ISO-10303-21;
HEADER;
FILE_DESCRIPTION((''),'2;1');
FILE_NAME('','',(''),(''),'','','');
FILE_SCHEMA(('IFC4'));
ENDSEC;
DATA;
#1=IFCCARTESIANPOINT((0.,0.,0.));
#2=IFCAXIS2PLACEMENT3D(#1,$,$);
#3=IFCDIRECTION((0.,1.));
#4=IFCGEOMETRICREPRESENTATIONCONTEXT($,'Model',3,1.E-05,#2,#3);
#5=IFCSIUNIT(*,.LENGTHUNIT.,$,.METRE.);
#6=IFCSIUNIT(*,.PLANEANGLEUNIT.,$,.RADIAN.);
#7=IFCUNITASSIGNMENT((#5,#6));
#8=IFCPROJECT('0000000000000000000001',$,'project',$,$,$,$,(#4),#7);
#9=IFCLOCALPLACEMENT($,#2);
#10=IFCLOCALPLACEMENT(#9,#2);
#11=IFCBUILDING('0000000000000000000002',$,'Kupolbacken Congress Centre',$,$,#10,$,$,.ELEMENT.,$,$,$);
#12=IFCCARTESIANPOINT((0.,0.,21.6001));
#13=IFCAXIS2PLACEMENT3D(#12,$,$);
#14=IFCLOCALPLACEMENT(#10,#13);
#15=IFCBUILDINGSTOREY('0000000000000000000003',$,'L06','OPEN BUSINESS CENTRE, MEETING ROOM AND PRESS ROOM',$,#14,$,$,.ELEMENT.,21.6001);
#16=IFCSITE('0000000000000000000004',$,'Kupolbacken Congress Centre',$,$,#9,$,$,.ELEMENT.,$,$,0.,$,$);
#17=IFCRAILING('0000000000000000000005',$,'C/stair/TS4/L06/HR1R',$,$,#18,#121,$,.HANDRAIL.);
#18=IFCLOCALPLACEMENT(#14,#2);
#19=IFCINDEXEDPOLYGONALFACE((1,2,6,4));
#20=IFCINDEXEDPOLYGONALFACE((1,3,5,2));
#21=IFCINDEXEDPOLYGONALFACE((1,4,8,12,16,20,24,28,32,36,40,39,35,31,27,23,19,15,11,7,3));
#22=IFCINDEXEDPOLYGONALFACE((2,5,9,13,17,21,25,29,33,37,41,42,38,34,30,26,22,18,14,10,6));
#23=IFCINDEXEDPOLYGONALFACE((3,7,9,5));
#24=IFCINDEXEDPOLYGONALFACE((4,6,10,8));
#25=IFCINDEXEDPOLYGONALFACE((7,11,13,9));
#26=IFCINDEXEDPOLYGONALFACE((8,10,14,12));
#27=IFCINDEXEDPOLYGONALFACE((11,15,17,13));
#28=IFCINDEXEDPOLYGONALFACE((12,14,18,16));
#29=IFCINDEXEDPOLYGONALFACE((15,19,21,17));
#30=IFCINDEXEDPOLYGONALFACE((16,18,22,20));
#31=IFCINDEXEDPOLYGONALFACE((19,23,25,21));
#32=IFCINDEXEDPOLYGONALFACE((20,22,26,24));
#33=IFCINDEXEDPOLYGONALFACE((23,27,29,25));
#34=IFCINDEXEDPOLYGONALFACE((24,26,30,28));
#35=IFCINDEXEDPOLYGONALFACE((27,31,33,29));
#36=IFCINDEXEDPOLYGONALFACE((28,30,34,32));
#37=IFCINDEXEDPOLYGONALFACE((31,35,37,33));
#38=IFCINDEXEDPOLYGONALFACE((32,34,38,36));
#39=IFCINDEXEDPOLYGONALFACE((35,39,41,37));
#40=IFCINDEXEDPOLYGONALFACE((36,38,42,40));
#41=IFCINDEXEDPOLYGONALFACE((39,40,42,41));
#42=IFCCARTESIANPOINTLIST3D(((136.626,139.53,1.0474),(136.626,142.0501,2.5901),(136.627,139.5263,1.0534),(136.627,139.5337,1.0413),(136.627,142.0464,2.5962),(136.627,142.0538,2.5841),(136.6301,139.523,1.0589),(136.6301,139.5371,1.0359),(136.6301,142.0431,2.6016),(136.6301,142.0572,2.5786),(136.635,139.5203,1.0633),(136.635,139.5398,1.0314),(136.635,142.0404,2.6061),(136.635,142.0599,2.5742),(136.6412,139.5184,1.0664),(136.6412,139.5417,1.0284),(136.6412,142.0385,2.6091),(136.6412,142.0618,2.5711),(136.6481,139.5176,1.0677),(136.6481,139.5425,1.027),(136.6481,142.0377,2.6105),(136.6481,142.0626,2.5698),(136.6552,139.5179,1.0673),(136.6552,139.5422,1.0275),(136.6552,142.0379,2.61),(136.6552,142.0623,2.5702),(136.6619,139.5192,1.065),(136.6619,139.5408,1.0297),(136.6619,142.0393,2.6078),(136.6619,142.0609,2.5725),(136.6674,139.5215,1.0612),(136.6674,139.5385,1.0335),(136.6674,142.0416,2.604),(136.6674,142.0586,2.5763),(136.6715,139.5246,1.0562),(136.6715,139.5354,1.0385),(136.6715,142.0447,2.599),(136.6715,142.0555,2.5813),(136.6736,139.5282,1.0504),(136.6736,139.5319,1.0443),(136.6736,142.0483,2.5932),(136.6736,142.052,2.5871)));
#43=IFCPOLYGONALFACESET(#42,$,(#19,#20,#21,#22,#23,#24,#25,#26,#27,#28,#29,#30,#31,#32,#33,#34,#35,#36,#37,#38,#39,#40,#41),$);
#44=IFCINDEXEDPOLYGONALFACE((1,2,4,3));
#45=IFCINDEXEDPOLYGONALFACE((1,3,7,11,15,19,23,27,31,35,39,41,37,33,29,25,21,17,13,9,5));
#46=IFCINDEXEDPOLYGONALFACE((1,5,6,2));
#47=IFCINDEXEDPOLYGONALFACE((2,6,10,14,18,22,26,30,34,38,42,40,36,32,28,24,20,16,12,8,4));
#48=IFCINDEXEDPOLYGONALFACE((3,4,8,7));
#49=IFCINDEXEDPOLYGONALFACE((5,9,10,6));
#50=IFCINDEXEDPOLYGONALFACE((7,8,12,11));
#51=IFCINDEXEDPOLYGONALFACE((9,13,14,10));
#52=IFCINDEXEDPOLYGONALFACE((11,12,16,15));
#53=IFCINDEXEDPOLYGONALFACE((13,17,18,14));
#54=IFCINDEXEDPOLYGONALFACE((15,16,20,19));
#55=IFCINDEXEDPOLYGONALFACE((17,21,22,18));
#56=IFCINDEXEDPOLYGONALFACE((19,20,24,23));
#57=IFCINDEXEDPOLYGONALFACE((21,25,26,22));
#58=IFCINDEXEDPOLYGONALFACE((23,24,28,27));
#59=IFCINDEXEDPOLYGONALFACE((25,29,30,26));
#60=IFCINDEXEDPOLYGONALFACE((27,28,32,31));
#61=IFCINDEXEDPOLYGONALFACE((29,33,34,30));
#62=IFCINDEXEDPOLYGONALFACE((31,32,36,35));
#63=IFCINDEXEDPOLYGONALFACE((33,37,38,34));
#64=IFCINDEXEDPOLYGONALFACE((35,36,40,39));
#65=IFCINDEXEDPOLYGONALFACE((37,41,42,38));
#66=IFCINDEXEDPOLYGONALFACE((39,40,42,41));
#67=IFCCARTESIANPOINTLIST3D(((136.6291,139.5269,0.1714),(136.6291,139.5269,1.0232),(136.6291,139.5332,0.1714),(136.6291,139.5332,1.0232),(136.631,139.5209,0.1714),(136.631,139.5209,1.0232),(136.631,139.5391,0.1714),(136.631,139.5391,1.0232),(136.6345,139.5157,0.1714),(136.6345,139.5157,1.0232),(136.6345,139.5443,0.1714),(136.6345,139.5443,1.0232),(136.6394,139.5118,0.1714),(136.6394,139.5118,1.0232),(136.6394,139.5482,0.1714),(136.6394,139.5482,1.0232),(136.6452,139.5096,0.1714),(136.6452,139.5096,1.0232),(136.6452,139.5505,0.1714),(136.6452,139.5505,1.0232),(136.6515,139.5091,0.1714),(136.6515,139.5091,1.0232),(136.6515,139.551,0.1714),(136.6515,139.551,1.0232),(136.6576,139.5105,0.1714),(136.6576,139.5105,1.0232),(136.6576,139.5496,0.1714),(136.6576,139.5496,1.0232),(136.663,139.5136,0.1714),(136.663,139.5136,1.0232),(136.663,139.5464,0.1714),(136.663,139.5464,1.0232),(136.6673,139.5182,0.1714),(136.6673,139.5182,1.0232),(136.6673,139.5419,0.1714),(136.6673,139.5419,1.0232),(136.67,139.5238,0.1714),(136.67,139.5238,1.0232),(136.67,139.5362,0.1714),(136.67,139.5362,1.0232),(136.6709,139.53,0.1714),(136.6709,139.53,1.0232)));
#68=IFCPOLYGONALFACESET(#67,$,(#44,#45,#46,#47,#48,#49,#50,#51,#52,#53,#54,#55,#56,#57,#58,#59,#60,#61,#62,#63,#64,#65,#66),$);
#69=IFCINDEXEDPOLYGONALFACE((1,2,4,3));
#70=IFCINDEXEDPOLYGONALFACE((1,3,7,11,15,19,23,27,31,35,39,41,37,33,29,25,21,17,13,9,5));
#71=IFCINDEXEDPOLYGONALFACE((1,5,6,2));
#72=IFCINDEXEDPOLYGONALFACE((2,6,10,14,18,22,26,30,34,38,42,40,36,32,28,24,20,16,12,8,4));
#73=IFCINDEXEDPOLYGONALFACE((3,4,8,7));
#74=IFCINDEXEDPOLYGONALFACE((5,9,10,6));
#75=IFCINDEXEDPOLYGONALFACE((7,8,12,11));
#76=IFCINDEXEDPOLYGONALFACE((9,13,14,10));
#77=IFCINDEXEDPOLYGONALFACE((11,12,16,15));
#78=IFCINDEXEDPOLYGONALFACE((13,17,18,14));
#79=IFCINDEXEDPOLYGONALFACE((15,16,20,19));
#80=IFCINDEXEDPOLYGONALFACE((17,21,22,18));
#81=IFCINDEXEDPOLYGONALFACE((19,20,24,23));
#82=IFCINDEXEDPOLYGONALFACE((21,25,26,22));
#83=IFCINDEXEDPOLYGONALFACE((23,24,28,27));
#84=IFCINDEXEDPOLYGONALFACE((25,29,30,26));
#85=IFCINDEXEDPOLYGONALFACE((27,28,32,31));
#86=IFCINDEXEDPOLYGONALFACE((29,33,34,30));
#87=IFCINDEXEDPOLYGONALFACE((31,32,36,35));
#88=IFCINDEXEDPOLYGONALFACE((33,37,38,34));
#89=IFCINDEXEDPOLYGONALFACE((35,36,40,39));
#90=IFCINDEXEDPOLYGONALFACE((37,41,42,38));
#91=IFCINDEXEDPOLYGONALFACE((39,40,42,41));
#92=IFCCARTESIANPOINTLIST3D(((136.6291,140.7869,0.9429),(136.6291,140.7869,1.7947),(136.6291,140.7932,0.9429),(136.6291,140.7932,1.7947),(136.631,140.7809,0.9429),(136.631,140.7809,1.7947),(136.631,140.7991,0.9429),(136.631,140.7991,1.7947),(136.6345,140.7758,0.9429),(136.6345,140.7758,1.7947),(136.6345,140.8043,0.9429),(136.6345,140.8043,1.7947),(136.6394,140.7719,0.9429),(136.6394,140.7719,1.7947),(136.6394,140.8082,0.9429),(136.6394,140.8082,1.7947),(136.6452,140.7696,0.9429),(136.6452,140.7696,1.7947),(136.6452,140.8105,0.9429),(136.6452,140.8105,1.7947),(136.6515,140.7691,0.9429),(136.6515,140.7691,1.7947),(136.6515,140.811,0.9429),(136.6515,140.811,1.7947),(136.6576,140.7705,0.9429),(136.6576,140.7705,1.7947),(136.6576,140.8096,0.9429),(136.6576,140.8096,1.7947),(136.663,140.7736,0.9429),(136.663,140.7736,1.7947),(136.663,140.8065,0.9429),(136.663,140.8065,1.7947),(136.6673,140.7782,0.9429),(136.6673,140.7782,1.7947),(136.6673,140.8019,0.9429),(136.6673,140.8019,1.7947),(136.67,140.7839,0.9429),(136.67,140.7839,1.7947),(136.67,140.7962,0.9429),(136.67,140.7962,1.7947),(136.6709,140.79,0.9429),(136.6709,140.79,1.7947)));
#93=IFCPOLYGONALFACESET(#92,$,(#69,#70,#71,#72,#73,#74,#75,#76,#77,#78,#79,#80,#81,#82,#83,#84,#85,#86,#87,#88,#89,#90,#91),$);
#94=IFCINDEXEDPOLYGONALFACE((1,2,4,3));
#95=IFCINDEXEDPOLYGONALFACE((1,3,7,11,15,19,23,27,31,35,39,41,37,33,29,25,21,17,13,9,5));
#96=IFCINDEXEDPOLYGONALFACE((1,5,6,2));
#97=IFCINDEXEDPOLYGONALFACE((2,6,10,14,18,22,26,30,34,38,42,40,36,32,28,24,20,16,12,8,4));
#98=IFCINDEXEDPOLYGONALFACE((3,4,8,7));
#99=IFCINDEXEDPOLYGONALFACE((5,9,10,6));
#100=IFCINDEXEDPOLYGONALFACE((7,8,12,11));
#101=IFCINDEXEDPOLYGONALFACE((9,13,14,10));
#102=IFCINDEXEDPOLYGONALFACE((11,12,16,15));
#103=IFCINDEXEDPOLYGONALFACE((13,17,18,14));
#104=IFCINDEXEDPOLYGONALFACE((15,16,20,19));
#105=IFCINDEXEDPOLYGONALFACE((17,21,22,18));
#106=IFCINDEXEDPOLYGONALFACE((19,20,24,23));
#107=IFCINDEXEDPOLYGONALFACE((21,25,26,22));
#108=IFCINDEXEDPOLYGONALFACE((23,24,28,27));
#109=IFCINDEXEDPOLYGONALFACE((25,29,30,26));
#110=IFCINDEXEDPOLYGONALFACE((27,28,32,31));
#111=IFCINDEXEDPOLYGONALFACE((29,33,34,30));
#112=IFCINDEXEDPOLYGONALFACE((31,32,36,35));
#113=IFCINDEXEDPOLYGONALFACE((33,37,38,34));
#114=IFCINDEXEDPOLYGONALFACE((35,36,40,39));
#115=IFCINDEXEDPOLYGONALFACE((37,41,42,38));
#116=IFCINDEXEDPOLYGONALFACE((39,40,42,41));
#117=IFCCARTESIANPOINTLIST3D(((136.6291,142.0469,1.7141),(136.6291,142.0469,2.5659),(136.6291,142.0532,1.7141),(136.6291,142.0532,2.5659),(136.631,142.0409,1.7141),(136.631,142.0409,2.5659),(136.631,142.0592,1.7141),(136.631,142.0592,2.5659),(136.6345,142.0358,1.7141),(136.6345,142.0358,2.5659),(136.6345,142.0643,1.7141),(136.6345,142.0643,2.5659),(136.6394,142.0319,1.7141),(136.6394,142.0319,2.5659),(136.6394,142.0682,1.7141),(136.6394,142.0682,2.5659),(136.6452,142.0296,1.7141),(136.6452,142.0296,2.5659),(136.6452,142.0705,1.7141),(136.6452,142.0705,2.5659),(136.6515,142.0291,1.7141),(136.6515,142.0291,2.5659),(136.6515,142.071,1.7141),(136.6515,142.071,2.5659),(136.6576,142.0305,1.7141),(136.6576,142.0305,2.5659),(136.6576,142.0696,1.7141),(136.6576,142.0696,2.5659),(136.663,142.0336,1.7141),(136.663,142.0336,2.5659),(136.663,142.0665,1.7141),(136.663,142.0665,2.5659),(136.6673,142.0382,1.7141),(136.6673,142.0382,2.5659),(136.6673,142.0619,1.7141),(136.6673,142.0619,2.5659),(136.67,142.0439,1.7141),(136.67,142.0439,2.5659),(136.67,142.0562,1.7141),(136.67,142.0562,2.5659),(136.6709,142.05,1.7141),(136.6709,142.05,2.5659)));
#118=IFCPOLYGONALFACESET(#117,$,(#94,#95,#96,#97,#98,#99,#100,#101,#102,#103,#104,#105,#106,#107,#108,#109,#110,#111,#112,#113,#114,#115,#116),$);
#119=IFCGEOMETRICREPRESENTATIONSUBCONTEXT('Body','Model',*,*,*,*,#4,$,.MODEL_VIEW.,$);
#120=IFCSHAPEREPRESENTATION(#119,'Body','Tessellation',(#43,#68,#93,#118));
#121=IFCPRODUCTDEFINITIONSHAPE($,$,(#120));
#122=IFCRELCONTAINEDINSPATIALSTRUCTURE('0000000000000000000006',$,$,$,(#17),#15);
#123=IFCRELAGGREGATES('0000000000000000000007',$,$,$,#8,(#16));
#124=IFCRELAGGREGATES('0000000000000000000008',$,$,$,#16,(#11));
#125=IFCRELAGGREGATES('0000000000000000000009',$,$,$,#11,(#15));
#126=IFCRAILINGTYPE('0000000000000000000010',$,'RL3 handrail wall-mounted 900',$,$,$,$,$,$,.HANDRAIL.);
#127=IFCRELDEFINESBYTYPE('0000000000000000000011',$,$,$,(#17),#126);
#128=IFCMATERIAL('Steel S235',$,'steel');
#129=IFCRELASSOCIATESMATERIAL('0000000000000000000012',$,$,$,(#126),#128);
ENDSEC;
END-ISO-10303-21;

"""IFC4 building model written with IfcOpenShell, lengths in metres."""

from ifc_helpers import new_model, si_unit, direction, frame, origin, origin_2d, place, context, subcontext, project, spatial, circle, extrude, material, type_object, element, save


model = new_model("IFC4")

# Units and contexts
model_context = context("Model", 3, precision=1e-05, world=origin(), true_north=direction((0.0, 1.0)))
body_context = subcontext(model_context, "Body", "Model", "MODEL_VIEW")
ifc_project = project(units=[si_unit("LENGTHUNIT", "METRE"), si_unit("PLANEANGLEUNIT", "RADIAN")], contexts=[model_context])

# Site, building, storey
site_placement = place(None, origin())
site = spatial("IfcSite", under=ifc_project, at=site_placement, Name="Kupolbacken Congress Centre", CompositionType="ELEMENT", RefElevation=0.0)
building_placement = place(site_placement, origin())
building = spatial("IfcBuilding", under=site, at=building_placement, Name="Kupolbacken Congress Centre", CompositionType="ELEMENT")
storey_placement = place(building_placement, frame((0.0, 0.0, 21.6001)))
storey = spatial("IfcBuildingStorey", under=building, at=storey_placement, Name="L06", Description="OPEN BUSINESS CENTRE, MEETING ROOM AND PRESS ROOM", CompositionType="ELEMENT", Elevation=21.6001)

# Railing
ifc_material_1 = material(Name="Steel S235", Category="steel")
railing_type = type_object("IfcRailingType", Name="RL3 handrail wall-mounted 900", PredefinedType="HANDRAIL", material=ifc_material_1)
for number, where, name in (
    (1, (136.6499, 139.53, 0.1714), "C/stair/TS4/L06/HR1R"),
):
    element("IfcRailing", number, at=place(storey_placement, frame(where)), inside=storey, type_object=railing_type, Name=name, PredefinedType="HANDRAIL", context=body_context, shape_type="SweptSolid", body=[
        extrude(circle(Radius=0.0239, at=origin_2d()), frame((0.0, 0.0, 0.876), z_axis=(0.0, 0.852873, 0.522118), x_axis=(-1.0, 0.0, 0.0)), (0.0, 0.0, 1.0), 2.9548),
        extrude(circle(Radius=0.021, at=origin_2d()), origin(), (0.0, 0.0, 1.0), 0.8518),
        extrude(circle(Radius=0.021, at=origin_2d()), frame((0.0, 1.26, 0.7715)), (0.0, 0.0, 1.0), 0.8518),
        extrude(circle(Radius=0.021, at=origin_2d()), frame((0.0, 2.52, 1.5427)), (0.0, 0.0, 1.0), 0.8518),
    ])

save(model, "model.ifc")
